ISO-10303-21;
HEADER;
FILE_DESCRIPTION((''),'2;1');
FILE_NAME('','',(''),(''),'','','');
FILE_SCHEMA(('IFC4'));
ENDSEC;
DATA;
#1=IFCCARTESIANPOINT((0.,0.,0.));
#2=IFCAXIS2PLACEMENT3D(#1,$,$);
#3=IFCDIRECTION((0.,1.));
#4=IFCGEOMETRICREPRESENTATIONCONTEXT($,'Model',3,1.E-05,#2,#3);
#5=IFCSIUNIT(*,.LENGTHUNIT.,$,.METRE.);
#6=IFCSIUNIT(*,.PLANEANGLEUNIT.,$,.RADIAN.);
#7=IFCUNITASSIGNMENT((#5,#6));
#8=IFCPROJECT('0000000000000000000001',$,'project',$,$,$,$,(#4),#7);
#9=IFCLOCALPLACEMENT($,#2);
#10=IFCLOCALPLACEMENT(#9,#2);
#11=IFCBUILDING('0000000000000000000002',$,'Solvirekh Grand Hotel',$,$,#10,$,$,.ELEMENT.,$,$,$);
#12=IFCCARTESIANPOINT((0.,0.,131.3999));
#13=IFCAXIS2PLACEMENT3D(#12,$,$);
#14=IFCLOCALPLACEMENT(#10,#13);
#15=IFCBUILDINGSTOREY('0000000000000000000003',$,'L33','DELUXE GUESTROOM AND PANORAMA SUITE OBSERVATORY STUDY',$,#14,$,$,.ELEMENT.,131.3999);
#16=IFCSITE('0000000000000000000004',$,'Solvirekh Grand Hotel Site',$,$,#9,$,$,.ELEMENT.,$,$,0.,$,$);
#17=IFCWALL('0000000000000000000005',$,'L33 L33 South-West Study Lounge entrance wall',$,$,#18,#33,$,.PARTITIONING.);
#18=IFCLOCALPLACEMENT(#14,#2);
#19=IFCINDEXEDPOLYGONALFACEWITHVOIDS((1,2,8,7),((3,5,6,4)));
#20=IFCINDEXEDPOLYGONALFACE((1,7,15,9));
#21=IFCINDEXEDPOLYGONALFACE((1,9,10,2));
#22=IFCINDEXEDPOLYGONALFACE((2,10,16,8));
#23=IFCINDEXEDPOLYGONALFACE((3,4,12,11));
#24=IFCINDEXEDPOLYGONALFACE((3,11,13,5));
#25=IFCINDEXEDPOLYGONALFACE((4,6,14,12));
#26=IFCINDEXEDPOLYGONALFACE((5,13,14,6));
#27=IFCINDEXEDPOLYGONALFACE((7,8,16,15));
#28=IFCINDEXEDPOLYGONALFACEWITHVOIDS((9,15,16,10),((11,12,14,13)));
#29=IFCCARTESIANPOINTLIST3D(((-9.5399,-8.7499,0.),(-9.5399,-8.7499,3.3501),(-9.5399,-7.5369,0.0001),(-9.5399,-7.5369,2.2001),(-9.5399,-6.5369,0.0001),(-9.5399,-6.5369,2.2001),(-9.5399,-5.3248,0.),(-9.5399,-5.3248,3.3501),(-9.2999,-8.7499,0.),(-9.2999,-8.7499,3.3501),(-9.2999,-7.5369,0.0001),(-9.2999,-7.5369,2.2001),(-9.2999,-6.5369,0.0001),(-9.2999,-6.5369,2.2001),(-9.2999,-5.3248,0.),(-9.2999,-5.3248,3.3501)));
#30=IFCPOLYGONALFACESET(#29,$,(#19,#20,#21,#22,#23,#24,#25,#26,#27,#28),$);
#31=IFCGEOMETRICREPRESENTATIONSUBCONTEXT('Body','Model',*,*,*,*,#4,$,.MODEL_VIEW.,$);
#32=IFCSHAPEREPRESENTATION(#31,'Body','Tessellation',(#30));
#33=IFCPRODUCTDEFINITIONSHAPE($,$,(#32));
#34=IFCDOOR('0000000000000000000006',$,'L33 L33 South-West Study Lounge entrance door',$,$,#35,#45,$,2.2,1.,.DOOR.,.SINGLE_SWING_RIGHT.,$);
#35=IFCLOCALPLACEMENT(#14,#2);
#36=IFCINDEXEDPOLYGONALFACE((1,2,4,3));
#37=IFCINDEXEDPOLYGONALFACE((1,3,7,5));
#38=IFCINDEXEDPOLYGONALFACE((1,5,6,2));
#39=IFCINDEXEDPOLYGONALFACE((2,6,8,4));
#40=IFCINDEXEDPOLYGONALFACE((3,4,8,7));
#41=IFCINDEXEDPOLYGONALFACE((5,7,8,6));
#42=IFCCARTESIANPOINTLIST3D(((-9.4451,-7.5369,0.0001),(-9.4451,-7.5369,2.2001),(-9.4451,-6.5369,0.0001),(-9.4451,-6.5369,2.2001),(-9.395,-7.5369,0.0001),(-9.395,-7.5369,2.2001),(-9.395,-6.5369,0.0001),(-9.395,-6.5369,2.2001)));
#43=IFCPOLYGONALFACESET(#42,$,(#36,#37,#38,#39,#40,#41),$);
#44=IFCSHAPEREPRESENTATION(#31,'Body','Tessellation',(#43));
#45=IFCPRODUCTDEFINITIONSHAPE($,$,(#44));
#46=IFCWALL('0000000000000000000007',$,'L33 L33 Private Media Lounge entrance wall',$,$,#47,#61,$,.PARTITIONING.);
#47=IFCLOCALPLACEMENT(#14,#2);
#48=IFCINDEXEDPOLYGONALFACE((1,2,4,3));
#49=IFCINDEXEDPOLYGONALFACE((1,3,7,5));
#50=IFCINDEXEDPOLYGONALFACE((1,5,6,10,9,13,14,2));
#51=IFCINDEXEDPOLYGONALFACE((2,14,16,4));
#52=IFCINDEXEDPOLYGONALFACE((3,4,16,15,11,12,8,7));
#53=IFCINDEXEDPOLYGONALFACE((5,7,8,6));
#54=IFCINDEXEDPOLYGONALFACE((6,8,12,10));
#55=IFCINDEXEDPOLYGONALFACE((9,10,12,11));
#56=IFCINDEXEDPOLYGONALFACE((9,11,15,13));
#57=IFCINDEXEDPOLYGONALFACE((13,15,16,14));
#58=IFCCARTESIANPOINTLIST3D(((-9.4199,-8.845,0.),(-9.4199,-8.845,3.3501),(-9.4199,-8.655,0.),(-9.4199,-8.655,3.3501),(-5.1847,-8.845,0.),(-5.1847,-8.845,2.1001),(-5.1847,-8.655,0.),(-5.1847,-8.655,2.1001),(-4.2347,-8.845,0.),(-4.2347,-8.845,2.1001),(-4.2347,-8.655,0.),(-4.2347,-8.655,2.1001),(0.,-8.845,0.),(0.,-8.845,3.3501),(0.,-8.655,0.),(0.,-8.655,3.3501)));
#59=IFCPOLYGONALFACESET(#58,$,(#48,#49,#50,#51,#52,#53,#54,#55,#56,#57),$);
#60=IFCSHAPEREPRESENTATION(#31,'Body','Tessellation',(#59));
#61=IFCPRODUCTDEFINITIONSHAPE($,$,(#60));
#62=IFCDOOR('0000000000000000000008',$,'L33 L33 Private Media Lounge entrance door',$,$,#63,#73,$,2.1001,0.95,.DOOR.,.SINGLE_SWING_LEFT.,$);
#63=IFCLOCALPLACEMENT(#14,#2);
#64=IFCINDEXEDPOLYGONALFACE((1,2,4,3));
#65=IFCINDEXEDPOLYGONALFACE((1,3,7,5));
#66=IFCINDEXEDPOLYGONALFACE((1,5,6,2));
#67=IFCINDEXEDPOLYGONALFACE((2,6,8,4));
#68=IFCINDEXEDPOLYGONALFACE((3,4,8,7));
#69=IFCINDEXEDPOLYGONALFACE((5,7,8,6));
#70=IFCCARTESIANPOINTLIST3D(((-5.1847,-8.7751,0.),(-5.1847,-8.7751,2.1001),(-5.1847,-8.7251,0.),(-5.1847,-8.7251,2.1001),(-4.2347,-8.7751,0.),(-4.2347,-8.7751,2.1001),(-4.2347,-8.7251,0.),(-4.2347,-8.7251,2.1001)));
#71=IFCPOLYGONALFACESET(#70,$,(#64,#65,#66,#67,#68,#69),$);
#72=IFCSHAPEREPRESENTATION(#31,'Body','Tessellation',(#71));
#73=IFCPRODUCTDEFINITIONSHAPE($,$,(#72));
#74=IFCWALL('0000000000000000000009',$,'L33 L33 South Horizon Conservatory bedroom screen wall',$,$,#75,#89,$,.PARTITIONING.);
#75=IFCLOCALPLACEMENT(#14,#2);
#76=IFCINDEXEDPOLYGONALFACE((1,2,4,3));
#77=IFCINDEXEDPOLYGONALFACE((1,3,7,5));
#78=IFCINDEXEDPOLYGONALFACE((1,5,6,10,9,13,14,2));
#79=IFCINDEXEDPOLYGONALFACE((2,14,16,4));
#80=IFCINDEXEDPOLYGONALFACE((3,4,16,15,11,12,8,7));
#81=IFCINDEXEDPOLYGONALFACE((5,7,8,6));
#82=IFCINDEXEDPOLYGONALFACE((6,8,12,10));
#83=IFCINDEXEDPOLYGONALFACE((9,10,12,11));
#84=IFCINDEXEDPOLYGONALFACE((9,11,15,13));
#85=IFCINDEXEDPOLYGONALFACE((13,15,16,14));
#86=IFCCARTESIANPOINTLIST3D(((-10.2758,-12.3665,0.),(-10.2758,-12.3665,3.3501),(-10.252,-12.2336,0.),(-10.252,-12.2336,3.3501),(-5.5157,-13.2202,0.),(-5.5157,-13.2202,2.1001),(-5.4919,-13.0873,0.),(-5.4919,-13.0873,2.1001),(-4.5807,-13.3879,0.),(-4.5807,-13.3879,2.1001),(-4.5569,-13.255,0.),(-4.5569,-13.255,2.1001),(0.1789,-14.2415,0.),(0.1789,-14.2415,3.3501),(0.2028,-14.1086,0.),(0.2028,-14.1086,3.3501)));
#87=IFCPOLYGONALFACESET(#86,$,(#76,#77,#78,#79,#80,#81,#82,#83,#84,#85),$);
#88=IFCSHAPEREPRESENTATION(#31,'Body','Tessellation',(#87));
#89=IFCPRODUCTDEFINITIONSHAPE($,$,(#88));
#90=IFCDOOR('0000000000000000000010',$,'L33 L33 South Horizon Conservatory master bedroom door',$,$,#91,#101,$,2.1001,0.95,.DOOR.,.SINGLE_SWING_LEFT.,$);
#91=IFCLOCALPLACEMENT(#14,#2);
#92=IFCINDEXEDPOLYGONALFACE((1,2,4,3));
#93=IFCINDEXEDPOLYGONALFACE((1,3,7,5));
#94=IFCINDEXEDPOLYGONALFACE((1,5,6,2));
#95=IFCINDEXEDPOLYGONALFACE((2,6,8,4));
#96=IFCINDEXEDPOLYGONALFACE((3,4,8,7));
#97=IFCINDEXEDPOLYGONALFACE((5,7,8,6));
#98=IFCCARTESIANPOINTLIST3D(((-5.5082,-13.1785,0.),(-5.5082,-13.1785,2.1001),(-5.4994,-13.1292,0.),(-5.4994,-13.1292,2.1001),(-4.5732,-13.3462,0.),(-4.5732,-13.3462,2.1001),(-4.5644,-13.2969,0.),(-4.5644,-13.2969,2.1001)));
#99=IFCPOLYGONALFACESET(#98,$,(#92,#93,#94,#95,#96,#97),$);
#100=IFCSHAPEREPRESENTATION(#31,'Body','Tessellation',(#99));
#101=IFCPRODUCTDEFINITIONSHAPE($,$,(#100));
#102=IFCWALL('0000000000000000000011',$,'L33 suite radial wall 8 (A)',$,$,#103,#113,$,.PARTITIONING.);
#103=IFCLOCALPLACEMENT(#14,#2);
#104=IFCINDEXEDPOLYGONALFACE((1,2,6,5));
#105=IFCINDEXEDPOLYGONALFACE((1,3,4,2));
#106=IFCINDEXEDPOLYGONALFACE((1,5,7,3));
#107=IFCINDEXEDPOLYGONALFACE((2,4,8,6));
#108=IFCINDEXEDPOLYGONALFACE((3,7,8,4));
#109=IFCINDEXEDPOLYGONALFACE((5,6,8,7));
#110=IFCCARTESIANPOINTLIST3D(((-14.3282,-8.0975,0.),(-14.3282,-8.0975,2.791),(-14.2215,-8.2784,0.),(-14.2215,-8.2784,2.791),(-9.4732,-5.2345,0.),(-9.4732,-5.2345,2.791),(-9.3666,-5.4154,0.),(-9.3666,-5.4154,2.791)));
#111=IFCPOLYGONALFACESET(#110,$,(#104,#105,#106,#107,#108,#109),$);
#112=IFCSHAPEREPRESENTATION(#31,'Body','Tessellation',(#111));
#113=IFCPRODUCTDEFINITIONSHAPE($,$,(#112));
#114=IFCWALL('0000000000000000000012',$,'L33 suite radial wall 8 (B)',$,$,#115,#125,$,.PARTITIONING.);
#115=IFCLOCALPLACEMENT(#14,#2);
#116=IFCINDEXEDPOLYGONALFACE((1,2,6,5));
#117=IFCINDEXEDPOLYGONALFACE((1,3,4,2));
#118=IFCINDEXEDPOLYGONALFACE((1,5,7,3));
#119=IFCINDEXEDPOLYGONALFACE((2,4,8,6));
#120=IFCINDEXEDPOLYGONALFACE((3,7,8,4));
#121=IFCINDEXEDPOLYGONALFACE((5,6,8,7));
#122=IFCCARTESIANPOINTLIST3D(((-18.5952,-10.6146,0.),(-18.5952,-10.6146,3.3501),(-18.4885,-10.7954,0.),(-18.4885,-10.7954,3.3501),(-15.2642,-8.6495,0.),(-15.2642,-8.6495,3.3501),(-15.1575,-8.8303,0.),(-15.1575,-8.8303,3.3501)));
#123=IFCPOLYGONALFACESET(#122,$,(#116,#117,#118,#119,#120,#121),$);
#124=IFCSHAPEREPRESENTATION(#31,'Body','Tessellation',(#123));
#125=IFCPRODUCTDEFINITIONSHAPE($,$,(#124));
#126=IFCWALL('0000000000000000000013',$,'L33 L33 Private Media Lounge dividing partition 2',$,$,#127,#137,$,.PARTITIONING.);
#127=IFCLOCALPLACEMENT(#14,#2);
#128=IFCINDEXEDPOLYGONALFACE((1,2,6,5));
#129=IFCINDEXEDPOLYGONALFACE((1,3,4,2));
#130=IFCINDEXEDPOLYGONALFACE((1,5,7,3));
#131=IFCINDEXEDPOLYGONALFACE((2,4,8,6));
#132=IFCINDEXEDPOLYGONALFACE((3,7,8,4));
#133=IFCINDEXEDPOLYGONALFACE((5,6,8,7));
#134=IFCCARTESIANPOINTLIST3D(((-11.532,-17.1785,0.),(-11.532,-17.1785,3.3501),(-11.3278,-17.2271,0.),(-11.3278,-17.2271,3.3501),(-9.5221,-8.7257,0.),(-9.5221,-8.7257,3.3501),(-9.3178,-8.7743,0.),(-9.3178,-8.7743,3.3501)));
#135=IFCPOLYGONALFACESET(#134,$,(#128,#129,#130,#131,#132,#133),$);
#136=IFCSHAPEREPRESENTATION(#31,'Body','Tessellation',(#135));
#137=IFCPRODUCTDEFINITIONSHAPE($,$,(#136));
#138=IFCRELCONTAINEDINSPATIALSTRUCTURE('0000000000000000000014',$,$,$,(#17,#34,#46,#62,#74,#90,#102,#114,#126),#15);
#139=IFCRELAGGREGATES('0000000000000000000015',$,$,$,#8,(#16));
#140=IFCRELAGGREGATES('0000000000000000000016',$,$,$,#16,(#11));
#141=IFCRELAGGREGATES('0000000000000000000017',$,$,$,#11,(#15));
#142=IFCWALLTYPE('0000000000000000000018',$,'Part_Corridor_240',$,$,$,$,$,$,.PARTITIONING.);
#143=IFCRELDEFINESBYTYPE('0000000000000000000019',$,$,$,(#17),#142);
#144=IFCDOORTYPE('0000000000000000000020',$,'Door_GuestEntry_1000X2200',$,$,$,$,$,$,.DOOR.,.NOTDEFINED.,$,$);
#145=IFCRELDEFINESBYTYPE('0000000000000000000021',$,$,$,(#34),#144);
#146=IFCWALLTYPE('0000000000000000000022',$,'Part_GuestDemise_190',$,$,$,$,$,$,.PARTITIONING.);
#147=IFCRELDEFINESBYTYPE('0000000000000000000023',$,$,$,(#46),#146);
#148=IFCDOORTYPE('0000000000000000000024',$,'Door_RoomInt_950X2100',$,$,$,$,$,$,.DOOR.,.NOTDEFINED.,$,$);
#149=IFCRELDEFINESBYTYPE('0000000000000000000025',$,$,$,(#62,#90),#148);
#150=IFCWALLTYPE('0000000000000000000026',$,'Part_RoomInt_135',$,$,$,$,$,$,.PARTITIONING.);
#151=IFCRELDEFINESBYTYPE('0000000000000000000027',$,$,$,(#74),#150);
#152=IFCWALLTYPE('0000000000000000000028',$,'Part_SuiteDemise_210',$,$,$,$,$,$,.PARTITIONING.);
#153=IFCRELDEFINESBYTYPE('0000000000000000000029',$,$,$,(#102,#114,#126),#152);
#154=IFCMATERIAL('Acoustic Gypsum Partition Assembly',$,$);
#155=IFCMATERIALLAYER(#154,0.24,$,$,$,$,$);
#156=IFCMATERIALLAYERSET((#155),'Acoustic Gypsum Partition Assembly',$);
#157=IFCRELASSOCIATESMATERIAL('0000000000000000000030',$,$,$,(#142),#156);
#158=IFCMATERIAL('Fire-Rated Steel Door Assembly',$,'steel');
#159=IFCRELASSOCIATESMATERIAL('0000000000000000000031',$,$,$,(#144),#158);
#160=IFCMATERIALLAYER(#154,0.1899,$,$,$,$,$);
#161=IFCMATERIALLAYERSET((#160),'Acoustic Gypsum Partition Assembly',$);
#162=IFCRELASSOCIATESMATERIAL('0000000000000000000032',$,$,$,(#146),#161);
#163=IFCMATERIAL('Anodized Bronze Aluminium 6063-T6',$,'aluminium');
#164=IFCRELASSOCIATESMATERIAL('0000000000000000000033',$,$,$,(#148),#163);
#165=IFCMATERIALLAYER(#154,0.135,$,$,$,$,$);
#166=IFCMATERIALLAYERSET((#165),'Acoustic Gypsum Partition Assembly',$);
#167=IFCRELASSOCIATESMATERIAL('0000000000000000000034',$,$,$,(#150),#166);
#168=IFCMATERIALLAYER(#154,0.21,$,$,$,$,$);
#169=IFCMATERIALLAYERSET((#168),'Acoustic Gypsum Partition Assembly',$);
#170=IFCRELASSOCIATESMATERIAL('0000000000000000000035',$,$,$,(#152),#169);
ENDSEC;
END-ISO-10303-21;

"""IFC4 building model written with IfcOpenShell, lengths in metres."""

from ifc_helpers import new_model, si_unit, direction, frame, frame_2d, origin, place, context, subcontext, project, spatial, rectangle, extrude, material, layer, layer_set, type_object, element, fill, save


model = new_model("IFC4")

# Units and contexts
model_context = context("Model", 3, precision=1e-05, world=origin(), true_north=direction((0.0, 1.0)))
body_context = subcontext(model_context, "Body", "Model", "MODEL_VIEW")
ifc_project = project(units=[si_unit("LENGTHUNIT", "METRE"), si_unit("PLANEANGLEUNIT", "RADIAN")], contexts=[model_context])

# Site, building, storey
site_placement = place(None, origin())
site = spatial("IfcSite", under=ifc_project, at=site_placement, Name="Solvirekh Grand Hotel Site", CompositionType="ELEMENT", RefElevation=0.0)
building_placement = place(site_placement, origin())
building = spatial("IfcBuilding", under=site, at=building_placement, Name="Solvirekh Grand Hotel", CompositionType="ELEMENT")
storey_placement = place(building_placement, frame((0.0, 0.0, 131.3999)))
storey = spatial("IfcBuildingStorey", under=building, at=storey_placement, Name="L33", Description="DELUXE GUESTROOM AND PANORAMA SUITE OBSERVATORY STUDY", CompositionType="ELEMENT", Elevation=131.3999)

# Walls, openings, doors
ifc_material_1 = material(Name="Acoustic Gypsum Partition Assembly")
ifc_layer_1 = layer(ifc_material_1, 0.24)
ifc_layer_set_1 = layer_set([ifc_layer_1], Name="Acoustic Gypsum Partition Assembly")
wall_type_1 = type_object("IfcWallType", Name="Part_Corridor_240", PredefinedType="PARTITIONING", material=ifc_layer_set_1)
wall_1_placement = place(storey_placement, frame((-9.4199, -5.325, 0.0), z_axis=(0.0, 0.0, 1.0), x_axis=(0.0, -1.0, 0.0)))
wall_1 = element("IfcWall", 1, at=wall_1_placement, inside=storey, type_object=wall_type_1, Name="L33 L33 South-West Study Lounge entrance wall", PredefinedType="PARTITIONING", context=body_context, shape_type="SweptSolid", body=[
    extrude(rectangle(XDim=3.425, YDim=0.24, at=frame_2d((1.7124, 0.0))), origin(), (0.0, 0.0, 1.0), 3.3501),
])
opening_1_placement = place(wall_1_placement, frame((1.2119, 0.0, 0.0)))
opening_1 = element("IfcOpeningElement", 2, at=opening_1_placement, cuts=wall_1, PredefinedType="OPENING", context=body_context, shape_type="SweptSolid", body=[
    extrude(rectangle(XDim=1.0, YDim=2.2, at=frame_2d((0.5, 1.1001))), frame((0.0, 0.1299, 0.0), z_axis=(0.0, -1.0, 0.0), x_axis=(1.0, 0.0, 0.0)), (0.0, 0.0, 1.0), 0.26),
])
ifc_material_2 = material(Name="Fire-Rated Steel Door Assembly", Category="steel")
door_type_1 = type_object("IfcDoorType", Name="Door_GuestEntry_1000X2200", OperationType="NOTDEFINED", PredefinedType="DOOR", material=ifc_material_2)
door_1_placement = place(opening_1_placement, origin())
door_1 = element("IfcDoor", 3, at=door_1_placement, inside=storey, type_object=door_type_1, Name="L33 L33 South-West Study Lounge entrance door", OperationType="SINGLE_SWING_RIGHT", OverallHeight=2.2, OverallWidth=1.0, PredefinedType="DOOR", context=body_context, shape_type="SweptSolid", body=[
    extrude(rectangle(XDim=1.0, YDim=2.2, at=frame_2d((0.5, 1.1001))), frame((0.0, 0.0249, 0.0), z_axis=(0.0, -1.0, 0.0), x_axis=(1.0, 0.0, 0.0)), (0.0, 0.0, 1.0), 0.05),
])
fill(opening_1, door_1)
ifc_layer_2 = layer(ifc_material_1, 0.1899)
ifc_layer_set_2 = layer_set([ifc_layer_2], Name="Acoustic Gypsum Partition Assembly")
wall_type_2 = type_object("IfcWallType", Name="Part_GuestDemise_190", PredefinedType="PARTITIONING", material=ifc_layer_set_2)
wall_2_placement = place(storey_placement, frame((-9.4199, -8.75, 0.0), z_axis=(0.0, 0.0, 1.0), x_axis=(1.0, 0.0, 0.0)))
wall_2 = element("IfcWall", 4, at=wall_2_placement, inside=storey, type_object=wall_type_2, Name="L33 L33 Private Media Lounge entrance wall", PredefinedType="PARTITIONING", context=body_context, shape_type="SweptSolid", body=[
    extrude(rectangle(XDim=9.4199, YDim=0.1899, at=frame_2d((4.71, 0.0))), origin(), (0.0, 0.0, 1.0), 3.3501),
])
opening_2_placement = place(wall_2_placement, frame((4.2351, 0.0, 0.0)))
opening_2 = element("IfcOpeningElement", 5, at=opening_2_placement, cuts=wall_2, PredefinedType="OPENING", context=body_context, shape_type="SweptSolid", body=[
    extrude(rectangle(XDim=0.95, YDim=2.1001, at=frame_2d((0.4751, 1.05))), frame((0.0, 0.105, 0.0), z_axis=(0.0, -1.0, 0.0), x_axis=(1.0, 0.0, 0.0)), (0.0, 0.0, 1.0), 0.21),
])
ifc_material_3 = material(Name="Anodized Bronze Aluminium 6063-T6", Category="aluminium")
door_type_2 = type_object("IfcDoorType", Name="Door_RoomInt_950X2100", OperationType="NOTDEFINED", PredefinedType="DOOR", material=ifc_material_3)
door_2_placement = place(opening_2_placement, origin())
door_2 = element("IfcDoor", 6, at=door_2_placement, inside=storey, type_object=door_type_2, Name="L33 L33 Private Media Lounge entrance door", OperationType="SINGLE_SWING_LEFT", OverallHeight=2.1001, OverallWidth=0.95, PredefinedType="DOOR", context=body_context, shape_type="SweptSolid", body=[
    extrude(rectangle(XDim=0.95, YDim=2.1001, at=frame_2d((0.4751, 1.05))), frame((0.0, 0.0249, 0.0), z_axis=(0.0, -1.0, 0.0), x_axis=(1.0, 0.0, 0.0)), (0.0, 0.0, 1.0), 0.05),
])
fill(opening_2, door_2)
ifc_layer_3 = layer(ifc_material_1, 0.135)
ifc_layer_set_3 = layer_set([ifc_layer_3], Name="Acoustic Gypsum Partition Assembly")
wall_type_3 = type_object("IfcWallType", Name="Part_RoomInt_135", PredefinedType="PARTITIONING", material=ifc_layer_set_3)
wall_3_placement = place(storey_placement, frame((-10.2639, -12.3, 0.0), z_axis=(0.0, 0.0, 1.0), x_axis=(0.984296, -0.176526, 0.0)))
wall_3 = element("IfcWall", 7, at=wall_3_placement, inside=storey, type_object=wall_type_3, Name="L33 L33 South Horizon Conservatory bedroom screen wall", PredefinedType="PARTITIONING", context=body_context, shape_type="SweptSolid", body=[
    extrude(rectangle(XDim=10.6216, YDim=0.135, at=frame_2d((5.3108, 0.0))), origin(), (0.0, 0.0, 1.0), 3.3501),
])
opening_3_placement = place(wall_3_placement, frame((4.8359, 0.0, 0.0)))
opening_3 = element("IfcOpeningElement", 8, at=opening_3_placement, cuts=wall_3, PredefinedType="OPENING", context=body_context, shape_type="SweptSolid", body=[
    extrude(rectangle(XDim=0.95, YDim=2.1001, at=frame_2d((0.4751, 1.05))), frame((0.0, 0.0776, 0.0), z_axis=(0.0, -1.0, 0.0), x_axis=(1.0, 0.0, 0.0)), (0.0, 0.0, 1.0), 0.155),
])
door_3_placement = place(opening_3_placement, origin())
door_3 = element("IfcDoor", 9, at=door_3_placement, inside=storey, type_object=door_type_2, Name="L33 L33 South Horizon Conservatory master bedroom door", OperationType="SINGLE_SWING_LEFT", OverallHeight=2.1001, OverallWidth=0.95, PredefinedType="DOOR", context=body_context, shape_type="SweptSolid", body=[
    extrude(rectangle(XDim=0.95, YDim=2.1001, at=frame_2d((0.4751, 1.05))), frame((0.0, 0.0249, 0.0), z_axis=(0.0, -1.0, 0.0), x_axis=(1.0, 0.0, 0.0)), (0.0, 0.0, 1.0), 0.05),
])
fill(opening_3, door_3)

# Walls
ifc_layer_4 = layer(ifc_material_1, 0.21)
ifc_layer_set_4 = layer_set([ifc_layer_4], Name="Acoustic Gypsum Partition Assembly")
wall_type_4 = type_object("IfcWallType", Name="Part_SuiteDemise_210", PredefinedType="PARTITIONING", material=ifc_layer_set_4)
wall_4_placement = place(storey_placement, frame((-9.4199, -5.325, 0.0), z_axis=(0.0, 0.0, 1.0), x_axis=(-0.861378, -0.507964, 0.0)))
element("IfcWall", 10, at=wall_4_placement, inside=storey, type_object=wall_type_4, Name="L33 suite radial wall 8 (A)", PredefinedType="PARTITIONING", context=body_context, shape_type="SweptSolid", body=[
    extrude(rectangle(XDim=5.6362, YDim=0.21, at=frame_2d((2.8181, 0.0))), origin(), (0.0, 0.0, 1.0), 2.791),
])
wall_5_placement = place(storey_placement, frame((-15.2109, -8.74, 0.0), z_axis=(0.0, 0.0, 1.0), x_axis=(-0.861296, -0.508104, 0.0)))
element("IfcWall", 11, at=wall_5_placement, inside=storey, type_object=wall_type_4, Name="L33 suite radial wall 8 (B)", PredefinedType="PARTITIONING", context=body_context, shape_type="SweptSolid", body=[
    extrude(rectangle(XDim=3.8674, YDim=0.21, at=frame_2d((1.9336, 0.0))), origin(), (0.0, 0.0, 1.0), 3.3501),
])
wall_6_placement = place(storey_placement, frame((-9.4199, -8.75, 0.0), z_axis=(0.0, 0.0, 1.0), x_axis=(-0.231339, -0.972873, 0.0)))
element("IfcWall", 12, at=wall_6_placement, inside=storey, type_object=wall_type_4, Name="L33 L33 Private Media Lounge dividing partition 2", PredefinedType="PARTITIONING", context=body_context, shape_type="SweptSolid", body=[
    extrude(rectangle(XDim=8.6885, YDim=0.21, at=frame_2d((4.3442, 0.0))), origin(), (0.0, 0.0, 1.0), 3.3501),
])

save(model, "model.ifc")
